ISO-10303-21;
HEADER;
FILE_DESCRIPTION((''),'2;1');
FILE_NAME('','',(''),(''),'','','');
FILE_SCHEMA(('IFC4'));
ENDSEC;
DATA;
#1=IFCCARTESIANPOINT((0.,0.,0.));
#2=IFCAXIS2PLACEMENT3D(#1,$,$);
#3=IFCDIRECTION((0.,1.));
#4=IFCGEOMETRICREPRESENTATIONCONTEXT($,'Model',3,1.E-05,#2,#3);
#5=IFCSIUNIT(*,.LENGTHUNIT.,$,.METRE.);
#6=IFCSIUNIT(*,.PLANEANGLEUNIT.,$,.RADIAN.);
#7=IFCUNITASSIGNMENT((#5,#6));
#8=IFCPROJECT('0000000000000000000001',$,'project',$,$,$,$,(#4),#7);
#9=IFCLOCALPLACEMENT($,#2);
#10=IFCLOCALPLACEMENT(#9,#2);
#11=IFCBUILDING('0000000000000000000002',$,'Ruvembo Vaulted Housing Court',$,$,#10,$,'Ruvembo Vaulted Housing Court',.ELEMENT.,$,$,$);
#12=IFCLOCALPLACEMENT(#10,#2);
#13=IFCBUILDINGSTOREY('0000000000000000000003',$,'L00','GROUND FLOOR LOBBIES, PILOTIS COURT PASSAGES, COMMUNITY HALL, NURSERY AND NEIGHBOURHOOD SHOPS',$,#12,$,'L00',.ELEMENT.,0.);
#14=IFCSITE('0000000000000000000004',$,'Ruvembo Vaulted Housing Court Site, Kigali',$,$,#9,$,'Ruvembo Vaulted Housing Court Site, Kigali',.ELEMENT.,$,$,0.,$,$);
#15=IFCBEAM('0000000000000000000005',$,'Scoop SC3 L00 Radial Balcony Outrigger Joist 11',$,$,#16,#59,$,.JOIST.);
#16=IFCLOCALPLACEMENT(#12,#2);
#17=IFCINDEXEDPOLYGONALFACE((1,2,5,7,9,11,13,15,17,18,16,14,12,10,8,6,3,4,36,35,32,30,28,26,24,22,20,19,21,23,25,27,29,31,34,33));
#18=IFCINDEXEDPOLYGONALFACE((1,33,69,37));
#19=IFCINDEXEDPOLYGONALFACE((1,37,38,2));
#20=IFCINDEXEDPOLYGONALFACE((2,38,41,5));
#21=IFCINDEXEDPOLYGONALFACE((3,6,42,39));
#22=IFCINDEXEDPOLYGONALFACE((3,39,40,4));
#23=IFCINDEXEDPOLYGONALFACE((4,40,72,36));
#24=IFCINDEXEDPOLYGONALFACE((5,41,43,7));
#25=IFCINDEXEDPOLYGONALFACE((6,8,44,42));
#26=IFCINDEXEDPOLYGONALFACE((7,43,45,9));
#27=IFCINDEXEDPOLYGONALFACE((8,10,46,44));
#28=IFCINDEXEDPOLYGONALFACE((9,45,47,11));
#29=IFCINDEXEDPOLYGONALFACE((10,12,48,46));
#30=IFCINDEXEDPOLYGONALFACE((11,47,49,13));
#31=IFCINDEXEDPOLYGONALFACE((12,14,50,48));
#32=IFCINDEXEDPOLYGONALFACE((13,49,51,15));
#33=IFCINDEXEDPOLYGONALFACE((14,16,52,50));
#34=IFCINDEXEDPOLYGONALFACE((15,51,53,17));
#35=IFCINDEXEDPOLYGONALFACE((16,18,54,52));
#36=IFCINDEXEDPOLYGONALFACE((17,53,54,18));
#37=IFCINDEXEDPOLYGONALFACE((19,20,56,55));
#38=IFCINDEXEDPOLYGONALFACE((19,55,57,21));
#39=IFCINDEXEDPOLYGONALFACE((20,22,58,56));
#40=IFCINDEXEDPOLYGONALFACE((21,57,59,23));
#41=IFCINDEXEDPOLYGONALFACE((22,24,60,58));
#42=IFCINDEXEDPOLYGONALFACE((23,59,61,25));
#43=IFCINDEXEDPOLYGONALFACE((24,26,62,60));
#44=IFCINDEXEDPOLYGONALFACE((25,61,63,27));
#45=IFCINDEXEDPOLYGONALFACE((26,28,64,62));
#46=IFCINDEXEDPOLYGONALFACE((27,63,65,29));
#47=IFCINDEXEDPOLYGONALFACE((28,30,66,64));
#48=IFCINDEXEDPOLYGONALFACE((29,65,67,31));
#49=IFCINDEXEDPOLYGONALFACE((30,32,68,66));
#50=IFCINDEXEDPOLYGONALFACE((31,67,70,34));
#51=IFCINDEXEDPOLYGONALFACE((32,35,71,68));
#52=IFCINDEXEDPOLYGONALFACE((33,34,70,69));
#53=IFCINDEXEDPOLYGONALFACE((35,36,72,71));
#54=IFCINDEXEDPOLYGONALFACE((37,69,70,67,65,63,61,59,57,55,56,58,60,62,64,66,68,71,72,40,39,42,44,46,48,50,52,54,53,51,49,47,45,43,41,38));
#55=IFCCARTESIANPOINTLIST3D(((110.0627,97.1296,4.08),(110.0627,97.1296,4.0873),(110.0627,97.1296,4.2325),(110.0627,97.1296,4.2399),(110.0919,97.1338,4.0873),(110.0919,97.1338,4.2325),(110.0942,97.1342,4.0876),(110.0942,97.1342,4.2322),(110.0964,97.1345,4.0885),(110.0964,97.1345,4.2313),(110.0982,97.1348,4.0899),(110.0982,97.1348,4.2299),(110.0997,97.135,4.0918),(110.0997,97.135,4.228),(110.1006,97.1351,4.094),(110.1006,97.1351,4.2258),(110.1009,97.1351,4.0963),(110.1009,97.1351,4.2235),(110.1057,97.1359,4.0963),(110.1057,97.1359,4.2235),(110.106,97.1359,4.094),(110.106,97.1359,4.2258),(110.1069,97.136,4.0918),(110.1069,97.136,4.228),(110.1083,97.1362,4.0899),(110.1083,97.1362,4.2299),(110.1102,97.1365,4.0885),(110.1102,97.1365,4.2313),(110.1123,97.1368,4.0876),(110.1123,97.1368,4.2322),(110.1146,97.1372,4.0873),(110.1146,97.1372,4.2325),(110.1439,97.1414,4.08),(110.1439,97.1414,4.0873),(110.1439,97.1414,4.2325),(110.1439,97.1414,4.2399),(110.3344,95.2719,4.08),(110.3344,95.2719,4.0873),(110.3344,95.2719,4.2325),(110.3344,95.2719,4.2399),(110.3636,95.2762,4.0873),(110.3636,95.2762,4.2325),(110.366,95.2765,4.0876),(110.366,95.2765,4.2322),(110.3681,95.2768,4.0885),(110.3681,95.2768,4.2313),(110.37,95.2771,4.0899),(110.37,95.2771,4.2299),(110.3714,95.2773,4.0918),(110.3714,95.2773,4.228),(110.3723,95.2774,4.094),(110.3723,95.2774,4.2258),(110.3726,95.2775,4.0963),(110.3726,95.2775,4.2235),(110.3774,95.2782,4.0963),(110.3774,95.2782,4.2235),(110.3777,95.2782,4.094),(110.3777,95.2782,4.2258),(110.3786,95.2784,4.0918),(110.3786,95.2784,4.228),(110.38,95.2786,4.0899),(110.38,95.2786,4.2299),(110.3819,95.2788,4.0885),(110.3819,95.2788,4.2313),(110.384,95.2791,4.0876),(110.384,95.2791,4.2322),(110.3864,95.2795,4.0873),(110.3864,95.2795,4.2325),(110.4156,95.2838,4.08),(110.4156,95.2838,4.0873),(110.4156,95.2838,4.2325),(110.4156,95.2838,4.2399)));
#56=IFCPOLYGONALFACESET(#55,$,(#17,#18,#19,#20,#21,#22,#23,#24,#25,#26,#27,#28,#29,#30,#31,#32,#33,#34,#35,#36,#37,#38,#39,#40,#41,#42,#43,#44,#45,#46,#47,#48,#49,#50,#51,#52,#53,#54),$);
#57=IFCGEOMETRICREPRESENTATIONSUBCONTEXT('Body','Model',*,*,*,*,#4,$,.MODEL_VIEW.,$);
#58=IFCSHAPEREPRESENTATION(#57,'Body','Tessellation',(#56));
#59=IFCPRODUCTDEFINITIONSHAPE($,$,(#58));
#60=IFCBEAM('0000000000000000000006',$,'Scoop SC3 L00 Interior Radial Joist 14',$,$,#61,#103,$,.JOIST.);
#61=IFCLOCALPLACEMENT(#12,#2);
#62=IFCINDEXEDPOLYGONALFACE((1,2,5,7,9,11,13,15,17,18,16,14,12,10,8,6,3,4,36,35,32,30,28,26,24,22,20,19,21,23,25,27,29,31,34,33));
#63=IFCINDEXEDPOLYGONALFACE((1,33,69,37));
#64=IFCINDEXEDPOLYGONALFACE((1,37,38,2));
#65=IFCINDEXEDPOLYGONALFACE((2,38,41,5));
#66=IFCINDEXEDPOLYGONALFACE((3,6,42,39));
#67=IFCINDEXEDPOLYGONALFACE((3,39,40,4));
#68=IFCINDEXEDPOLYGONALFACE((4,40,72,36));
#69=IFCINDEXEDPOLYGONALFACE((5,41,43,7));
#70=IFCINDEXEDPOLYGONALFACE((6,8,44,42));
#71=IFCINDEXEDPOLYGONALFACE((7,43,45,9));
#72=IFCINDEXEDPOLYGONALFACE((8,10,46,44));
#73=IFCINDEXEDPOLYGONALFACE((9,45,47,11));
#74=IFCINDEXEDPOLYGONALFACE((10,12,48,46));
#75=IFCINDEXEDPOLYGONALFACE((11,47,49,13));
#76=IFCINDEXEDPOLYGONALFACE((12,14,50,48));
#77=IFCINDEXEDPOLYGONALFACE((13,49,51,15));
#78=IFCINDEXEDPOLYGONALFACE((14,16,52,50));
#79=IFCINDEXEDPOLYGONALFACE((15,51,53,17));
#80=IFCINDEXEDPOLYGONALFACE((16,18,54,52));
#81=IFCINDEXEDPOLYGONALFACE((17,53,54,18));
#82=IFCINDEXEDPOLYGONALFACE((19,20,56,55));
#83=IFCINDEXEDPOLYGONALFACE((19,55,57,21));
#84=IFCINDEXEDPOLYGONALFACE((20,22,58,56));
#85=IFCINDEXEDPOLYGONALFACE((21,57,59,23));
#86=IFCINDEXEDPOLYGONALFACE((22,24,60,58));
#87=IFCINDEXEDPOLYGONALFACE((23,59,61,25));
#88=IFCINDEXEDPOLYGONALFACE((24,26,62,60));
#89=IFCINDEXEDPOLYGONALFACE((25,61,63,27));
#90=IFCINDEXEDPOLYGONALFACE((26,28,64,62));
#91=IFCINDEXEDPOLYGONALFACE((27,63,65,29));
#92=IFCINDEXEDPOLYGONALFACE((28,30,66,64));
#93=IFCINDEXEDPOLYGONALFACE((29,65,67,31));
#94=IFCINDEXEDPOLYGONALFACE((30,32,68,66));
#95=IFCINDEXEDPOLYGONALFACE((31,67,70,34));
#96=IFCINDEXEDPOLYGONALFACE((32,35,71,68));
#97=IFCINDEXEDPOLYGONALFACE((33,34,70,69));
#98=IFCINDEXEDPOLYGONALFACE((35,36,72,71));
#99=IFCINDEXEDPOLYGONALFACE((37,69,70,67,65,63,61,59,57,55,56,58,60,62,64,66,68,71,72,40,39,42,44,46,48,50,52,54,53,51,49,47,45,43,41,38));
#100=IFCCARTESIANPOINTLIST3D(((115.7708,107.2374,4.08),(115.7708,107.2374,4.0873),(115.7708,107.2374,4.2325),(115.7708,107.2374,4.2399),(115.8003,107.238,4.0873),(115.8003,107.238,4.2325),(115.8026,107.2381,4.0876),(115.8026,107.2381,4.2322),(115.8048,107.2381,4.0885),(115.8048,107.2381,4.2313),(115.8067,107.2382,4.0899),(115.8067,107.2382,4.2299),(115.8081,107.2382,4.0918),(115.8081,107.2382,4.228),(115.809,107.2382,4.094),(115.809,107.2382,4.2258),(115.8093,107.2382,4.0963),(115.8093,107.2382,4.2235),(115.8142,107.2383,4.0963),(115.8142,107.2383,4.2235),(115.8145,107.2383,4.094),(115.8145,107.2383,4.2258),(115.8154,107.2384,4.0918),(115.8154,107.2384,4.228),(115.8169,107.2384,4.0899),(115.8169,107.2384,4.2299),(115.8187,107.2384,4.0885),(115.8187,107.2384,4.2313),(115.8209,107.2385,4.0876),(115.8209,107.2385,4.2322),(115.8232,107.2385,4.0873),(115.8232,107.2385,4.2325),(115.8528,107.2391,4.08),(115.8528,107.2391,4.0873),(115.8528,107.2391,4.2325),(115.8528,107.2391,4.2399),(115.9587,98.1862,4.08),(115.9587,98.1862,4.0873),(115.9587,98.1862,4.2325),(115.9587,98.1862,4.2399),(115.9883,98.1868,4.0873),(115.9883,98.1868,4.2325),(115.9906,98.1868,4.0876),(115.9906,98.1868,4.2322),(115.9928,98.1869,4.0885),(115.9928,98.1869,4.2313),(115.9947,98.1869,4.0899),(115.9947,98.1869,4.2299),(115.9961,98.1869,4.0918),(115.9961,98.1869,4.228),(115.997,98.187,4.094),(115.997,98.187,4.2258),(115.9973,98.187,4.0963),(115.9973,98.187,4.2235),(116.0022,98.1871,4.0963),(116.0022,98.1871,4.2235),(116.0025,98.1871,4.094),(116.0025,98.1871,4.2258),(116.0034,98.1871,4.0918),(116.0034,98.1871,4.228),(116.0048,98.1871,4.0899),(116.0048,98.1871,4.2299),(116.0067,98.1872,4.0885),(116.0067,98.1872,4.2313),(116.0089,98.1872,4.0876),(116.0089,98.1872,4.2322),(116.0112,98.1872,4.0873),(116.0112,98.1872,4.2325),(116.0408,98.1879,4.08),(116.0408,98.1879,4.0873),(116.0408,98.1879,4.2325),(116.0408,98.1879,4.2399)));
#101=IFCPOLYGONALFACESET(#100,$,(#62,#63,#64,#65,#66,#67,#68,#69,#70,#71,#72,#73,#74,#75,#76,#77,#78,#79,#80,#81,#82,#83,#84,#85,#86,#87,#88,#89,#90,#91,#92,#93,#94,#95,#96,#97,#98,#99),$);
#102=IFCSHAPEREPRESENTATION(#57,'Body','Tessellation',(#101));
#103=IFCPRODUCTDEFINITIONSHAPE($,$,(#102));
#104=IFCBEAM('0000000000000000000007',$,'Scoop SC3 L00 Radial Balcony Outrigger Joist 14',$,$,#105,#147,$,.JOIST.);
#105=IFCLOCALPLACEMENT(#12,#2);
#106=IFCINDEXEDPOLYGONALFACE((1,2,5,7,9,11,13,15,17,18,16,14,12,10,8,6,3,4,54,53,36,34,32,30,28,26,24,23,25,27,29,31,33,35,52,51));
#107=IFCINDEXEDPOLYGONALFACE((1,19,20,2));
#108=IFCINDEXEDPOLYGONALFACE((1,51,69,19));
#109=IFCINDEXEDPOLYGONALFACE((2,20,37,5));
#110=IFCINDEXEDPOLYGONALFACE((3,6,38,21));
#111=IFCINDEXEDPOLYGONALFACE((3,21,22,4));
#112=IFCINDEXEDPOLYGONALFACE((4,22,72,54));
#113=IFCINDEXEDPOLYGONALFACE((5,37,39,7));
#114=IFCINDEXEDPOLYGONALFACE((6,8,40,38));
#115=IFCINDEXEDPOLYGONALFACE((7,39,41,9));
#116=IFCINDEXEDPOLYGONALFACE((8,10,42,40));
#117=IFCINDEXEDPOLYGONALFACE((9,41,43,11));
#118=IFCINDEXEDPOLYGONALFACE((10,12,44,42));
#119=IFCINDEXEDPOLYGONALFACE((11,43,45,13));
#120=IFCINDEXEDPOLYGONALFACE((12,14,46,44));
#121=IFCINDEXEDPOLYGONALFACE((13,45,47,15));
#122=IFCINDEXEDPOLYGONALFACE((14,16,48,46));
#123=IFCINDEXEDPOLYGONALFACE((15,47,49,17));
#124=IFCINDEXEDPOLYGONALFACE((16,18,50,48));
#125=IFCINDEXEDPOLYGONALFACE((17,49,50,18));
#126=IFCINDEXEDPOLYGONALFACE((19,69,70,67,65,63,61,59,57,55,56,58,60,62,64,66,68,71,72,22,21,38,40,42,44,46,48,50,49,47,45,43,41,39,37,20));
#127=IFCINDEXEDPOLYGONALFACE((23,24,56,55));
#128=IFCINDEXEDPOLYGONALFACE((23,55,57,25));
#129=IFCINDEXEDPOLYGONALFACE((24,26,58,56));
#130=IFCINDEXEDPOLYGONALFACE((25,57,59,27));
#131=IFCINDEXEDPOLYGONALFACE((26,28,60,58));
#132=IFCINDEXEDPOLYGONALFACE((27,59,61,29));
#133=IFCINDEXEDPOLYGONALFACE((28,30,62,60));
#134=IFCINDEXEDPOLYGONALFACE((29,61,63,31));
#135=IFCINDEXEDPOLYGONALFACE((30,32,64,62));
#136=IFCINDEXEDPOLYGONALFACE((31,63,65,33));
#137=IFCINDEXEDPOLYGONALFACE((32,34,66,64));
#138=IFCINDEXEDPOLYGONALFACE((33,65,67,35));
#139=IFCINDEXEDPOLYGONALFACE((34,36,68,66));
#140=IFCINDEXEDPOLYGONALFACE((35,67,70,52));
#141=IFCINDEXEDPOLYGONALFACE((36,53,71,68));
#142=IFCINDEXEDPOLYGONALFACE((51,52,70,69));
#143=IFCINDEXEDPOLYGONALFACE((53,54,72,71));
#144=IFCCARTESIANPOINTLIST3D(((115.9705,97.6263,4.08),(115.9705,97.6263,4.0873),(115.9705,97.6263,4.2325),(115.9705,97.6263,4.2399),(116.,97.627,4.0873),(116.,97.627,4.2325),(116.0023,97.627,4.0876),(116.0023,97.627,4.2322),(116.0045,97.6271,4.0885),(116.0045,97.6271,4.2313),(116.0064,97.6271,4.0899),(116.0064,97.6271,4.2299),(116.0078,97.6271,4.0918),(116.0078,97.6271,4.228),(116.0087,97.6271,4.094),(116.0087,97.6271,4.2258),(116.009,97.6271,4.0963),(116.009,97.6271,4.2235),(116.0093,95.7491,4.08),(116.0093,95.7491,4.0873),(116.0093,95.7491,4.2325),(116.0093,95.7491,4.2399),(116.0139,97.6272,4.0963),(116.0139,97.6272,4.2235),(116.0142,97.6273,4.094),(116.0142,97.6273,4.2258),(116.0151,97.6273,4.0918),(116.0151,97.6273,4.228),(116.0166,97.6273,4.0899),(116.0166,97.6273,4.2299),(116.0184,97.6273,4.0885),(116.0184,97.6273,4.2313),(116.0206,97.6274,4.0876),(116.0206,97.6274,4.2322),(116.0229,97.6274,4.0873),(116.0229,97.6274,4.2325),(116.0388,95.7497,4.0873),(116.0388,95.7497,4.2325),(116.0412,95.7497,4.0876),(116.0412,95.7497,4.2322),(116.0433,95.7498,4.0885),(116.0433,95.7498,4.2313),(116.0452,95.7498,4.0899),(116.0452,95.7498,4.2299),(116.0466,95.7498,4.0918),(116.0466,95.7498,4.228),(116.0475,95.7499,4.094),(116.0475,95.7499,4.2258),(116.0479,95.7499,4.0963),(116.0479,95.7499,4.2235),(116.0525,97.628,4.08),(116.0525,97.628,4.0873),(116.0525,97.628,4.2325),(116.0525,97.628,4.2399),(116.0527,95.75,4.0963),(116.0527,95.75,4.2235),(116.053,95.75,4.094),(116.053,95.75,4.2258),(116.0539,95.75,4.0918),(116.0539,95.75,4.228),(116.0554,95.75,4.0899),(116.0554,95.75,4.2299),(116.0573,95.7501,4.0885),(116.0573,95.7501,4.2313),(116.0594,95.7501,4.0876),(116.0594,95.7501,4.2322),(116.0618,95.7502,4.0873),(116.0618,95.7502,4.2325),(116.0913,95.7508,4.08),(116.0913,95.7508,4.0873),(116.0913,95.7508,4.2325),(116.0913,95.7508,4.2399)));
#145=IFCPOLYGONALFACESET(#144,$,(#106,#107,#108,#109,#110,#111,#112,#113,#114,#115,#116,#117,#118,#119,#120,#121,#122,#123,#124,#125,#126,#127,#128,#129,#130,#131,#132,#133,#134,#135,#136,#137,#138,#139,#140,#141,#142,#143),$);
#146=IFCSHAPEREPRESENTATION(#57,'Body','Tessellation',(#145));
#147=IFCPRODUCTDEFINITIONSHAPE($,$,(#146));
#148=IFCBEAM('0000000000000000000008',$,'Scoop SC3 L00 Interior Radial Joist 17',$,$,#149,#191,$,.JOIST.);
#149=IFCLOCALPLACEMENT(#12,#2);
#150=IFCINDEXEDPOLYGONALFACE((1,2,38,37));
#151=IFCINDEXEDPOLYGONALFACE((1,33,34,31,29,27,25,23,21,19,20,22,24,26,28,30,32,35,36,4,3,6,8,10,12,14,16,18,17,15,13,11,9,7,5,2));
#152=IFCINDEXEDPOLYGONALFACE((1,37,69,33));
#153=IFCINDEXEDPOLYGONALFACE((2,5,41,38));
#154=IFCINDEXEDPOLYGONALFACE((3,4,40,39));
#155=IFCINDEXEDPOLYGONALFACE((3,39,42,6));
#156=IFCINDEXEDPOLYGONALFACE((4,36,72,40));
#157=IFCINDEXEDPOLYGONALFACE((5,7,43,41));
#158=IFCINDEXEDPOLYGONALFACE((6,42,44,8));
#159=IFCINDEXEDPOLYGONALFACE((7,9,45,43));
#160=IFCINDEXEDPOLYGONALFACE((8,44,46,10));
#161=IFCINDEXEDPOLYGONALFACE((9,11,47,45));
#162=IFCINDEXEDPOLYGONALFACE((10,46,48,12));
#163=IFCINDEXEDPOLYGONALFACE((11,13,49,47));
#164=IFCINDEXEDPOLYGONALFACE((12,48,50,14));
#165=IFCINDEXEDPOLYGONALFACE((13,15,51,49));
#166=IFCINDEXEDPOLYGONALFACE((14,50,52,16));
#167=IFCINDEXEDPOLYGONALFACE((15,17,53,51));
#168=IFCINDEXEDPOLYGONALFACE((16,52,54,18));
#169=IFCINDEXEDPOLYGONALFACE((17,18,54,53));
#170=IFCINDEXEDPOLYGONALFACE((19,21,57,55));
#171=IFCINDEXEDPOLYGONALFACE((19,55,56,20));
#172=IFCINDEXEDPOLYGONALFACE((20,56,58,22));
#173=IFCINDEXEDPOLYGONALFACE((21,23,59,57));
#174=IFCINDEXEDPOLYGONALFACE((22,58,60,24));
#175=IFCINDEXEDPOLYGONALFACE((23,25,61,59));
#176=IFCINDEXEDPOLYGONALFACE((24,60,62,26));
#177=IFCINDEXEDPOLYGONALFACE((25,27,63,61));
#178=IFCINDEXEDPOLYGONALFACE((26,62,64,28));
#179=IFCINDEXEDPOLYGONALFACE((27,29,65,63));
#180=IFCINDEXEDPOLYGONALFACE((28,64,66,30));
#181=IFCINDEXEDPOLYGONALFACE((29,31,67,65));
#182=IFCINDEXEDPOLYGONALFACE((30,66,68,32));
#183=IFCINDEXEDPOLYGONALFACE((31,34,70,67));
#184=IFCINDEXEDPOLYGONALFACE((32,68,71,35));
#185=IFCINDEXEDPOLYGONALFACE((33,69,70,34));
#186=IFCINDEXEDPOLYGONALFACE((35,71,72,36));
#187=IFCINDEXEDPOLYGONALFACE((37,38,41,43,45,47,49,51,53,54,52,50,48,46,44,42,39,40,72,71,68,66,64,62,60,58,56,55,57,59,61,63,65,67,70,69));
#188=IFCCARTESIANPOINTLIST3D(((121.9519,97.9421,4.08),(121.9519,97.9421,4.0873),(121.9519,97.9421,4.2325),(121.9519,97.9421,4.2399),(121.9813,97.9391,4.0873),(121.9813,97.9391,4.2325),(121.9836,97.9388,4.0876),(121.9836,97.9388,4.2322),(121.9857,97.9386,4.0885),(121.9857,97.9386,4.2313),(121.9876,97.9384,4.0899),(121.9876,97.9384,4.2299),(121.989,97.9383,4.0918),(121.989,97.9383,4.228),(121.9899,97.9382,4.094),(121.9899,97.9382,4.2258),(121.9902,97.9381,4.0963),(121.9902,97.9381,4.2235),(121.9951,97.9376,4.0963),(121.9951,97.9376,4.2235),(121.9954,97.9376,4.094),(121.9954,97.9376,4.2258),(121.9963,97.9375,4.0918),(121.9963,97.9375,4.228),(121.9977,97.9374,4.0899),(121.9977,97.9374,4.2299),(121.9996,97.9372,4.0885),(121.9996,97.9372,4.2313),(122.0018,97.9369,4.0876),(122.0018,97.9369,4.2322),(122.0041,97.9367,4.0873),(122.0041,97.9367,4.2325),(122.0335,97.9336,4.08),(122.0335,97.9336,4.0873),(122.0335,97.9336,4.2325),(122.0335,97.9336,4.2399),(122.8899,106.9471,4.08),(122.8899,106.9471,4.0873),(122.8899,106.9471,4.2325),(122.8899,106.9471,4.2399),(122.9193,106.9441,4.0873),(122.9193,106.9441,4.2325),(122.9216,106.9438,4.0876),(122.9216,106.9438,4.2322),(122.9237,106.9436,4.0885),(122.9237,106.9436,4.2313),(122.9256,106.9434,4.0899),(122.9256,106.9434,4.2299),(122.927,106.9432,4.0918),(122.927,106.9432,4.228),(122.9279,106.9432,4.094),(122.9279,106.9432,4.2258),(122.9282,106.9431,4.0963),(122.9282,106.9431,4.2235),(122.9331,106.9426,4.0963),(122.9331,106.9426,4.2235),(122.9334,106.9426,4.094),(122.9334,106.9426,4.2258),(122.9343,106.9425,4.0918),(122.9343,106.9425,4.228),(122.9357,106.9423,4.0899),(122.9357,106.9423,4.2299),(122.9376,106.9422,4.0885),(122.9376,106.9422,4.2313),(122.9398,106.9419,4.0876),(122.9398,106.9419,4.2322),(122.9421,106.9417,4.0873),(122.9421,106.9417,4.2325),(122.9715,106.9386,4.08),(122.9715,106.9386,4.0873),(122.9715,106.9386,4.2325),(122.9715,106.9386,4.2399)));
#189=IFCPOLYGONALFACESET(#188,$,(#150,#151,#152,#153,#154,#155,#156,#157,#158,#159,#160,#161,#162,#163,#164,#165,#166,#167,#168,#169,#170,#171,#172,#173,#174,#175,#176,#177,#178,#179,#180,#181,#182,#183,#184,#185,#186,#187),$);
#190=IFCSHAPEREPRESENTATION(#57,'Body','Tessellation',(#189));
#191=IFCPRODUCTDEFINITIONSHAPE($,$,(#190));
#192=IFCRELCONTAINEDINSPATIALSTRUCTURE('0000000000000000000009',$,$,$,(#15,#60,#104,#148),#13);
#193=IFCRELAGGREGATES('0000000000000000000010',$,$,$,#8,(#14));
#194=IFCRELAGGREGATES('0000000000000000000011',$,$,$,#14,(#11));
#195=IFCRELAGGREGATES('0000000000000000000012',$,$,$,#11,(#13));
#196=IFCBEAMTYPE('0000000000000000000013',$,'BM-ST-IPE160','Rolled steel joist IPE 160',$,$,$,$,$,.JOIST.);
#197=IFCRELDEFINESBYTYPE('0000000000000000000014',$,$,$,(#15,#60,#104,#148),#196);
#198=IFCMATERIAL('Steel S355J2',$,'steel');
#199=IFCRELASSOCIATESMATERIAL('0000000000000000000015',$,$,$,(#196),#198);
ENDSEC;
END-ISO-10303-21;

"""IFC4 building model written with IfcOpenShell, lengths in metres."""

from ifc_helpers import new_model, si_unit, direction, frame, origin, origin_2d, place, context, subcontext, project, spatial, i_section, extrude, material, material_profile, profile_set, type_object, element, save


model = new_model("IFC4")

# Units and contexts
model_context = context("Model", 3, precision=1e-05, world=origin(), true_north=direction((0.0, 1.0)))
body_context = subcontext(model_context, "Body", "Model", "MODEL_VIEW")
ifc_project = project(units=[si_unit("LENGTHUNIT", "METRE"), si_unit("PLANEANGLEUNIT", "RADIAN")], contexts=[model_context])

# Site, building, storey
site_placement = place(None, origin())
site = spatial("IfcSite", under=ifc_project, at=site_placement, Name="Ruvembo Vaulted Housing Court Site, Kigali", LongName="Ruvembo Vaulted Housing Court Site, Kigali", CompositionType="ELEMENT", RefElevation=0.0)
building_placement = place(site_placement, origin())
building = spatial("IfcBuilding", under=site, at=building_placement, Name="Ruvembo Vaulted Housing Court", LongName="Ruvembo Vaulted Housing Court", CompositionType="ELEMENT")
storey_placement = place(building_placement, origin())
storey = spatial("IfcBuildingStorey", under=building, at=storey_placement, Name="L00", Description="GROUND FLOOR LOBBIES, PILOTIS COURT PASSAGES, COMMUNITY HALL, NURSERY AND NEIGHBOURHOOD SHOPS", LongName="L00", CompositionType="ELEMENT", Elevation=0.0)

# Beams
ifc_material_1 = material(Name="Steel S355J2", Category="steel")
ifc_material_profile_1 = material_profile(ifc_material_1, i_section(OverallWidth=0.082, OverallDepth=0.1599, WebThickness=0.0049, FlangeThickness=0.0073, FilletRadius=0.009, at=origin_2d()), Name="IPE 160")
ifc_profile_set_1 = profile_set([ifc_material_profile_1], Name="Steel S355J2")
beam_type_1 = type_object("IfcBeamType", Name="BM-ST-IPE160", Description="Rolled steel joist IPE 160", PredefinedType="JOIST", material=ifc_profile_set_1)
beam_1_placement = place(storey_placement, frame((110.1033, 97.1355, 4.1599), z_axis=(0.144734, -0.989471, 0.0), x_axis=(0.989471, 0.144734, 0.0)))
element("IfcBeam", 1, at=beam_1_placement, inside=storey, type_object=beam_type_1, Name="Scoop SC3 L00 Radial Balcony Outrigger Joist 11", PredefinedType="JOIST", context=body_context, shape_type="SweptSolid", body=[
    extrude(i_section(OverallWidth=0.082, OverallDepth=0.1599, WebThickness=0.0049, FlangeThickness=0.0073, FilletRadius=0.009, at=origin_2d()), origin(), (0.0, 0.0, 1.0), 1.8774),
])
beam_2_placement = place(storey_placement, frame((115.8118, 107.2383, 4.1599), z_axis=(0.020765, -0.999784, 0.0), x_axis=(0.999784, 0.020765, 0.0)))
element("IfcBeam", 2, at=beam_2_placement, inside=storey, type_object=beam_type_1, Name="Scoop SC3 L00 Interior Radial Joist 14", PredefinedType="JOIST", context=body_context, shape_type="SweptSolid", body=[
    extrude(i_section(OverallWidth=0.082, OverallDepth=0.1599, WebThickness=0.0049, FlangeThickness=0.0073, FilletRadius=0.009, at=origin_2d()), origin(), (0.0, 0.0, 1.0), 9.0532),
])
beam_3_placement = place(storey_placement, frame((116.0115, 97.6272, 4.1599), z_axis=(0.020674, -0.999786, 0.0), x_axis=(0.999786, 0.020674, 0.0)))
element("IfcBeam", 3, at=beam_3_placement, inside=storey, type_object=beam_type_1, Name="Scoop SC3 L00 Radial Balcony Outrigger Joist 14", PredefinedType="JOIST", context=body_context, shape_type="SweptSolid", body=[
    extrude(i_section(OverallWidth=0.082, OverallDepth=0.1599, WebThickness=0.0049, FlangeThickness=0.0073, FilletRadius=0.009, at=origin_2d()), origin(), (0.0, 0.0, 1.0), 1.8777),
])
beam_4_placement = place(storey_placement, frame((122.9307, 106.9429, 4.1599), z_axis=(-0.103604, -0.994619, 0.0), x_axis=(0.994619, -0.103604, 0.0)))
element("IfcBeam", 4, at=beam_4_placement, inside=storey, type_object=beam_type_1, Name="Scoop SC3 L00 Interior Radial Joist 17", PredefinedType="JOIST", context=body_context, shape_type="SweptSolid", body=[
    extrude(i_section(OverallWidth=0.082, OverallDepth=0.1599, WebThickness=0.0049, FlangeThickness=0.0073, FilletRadius=0.009, at=origin_2d()), origin(), (0.0, 0.0, 1.0), 9.0537),
])

save(model, "model.ifc")
